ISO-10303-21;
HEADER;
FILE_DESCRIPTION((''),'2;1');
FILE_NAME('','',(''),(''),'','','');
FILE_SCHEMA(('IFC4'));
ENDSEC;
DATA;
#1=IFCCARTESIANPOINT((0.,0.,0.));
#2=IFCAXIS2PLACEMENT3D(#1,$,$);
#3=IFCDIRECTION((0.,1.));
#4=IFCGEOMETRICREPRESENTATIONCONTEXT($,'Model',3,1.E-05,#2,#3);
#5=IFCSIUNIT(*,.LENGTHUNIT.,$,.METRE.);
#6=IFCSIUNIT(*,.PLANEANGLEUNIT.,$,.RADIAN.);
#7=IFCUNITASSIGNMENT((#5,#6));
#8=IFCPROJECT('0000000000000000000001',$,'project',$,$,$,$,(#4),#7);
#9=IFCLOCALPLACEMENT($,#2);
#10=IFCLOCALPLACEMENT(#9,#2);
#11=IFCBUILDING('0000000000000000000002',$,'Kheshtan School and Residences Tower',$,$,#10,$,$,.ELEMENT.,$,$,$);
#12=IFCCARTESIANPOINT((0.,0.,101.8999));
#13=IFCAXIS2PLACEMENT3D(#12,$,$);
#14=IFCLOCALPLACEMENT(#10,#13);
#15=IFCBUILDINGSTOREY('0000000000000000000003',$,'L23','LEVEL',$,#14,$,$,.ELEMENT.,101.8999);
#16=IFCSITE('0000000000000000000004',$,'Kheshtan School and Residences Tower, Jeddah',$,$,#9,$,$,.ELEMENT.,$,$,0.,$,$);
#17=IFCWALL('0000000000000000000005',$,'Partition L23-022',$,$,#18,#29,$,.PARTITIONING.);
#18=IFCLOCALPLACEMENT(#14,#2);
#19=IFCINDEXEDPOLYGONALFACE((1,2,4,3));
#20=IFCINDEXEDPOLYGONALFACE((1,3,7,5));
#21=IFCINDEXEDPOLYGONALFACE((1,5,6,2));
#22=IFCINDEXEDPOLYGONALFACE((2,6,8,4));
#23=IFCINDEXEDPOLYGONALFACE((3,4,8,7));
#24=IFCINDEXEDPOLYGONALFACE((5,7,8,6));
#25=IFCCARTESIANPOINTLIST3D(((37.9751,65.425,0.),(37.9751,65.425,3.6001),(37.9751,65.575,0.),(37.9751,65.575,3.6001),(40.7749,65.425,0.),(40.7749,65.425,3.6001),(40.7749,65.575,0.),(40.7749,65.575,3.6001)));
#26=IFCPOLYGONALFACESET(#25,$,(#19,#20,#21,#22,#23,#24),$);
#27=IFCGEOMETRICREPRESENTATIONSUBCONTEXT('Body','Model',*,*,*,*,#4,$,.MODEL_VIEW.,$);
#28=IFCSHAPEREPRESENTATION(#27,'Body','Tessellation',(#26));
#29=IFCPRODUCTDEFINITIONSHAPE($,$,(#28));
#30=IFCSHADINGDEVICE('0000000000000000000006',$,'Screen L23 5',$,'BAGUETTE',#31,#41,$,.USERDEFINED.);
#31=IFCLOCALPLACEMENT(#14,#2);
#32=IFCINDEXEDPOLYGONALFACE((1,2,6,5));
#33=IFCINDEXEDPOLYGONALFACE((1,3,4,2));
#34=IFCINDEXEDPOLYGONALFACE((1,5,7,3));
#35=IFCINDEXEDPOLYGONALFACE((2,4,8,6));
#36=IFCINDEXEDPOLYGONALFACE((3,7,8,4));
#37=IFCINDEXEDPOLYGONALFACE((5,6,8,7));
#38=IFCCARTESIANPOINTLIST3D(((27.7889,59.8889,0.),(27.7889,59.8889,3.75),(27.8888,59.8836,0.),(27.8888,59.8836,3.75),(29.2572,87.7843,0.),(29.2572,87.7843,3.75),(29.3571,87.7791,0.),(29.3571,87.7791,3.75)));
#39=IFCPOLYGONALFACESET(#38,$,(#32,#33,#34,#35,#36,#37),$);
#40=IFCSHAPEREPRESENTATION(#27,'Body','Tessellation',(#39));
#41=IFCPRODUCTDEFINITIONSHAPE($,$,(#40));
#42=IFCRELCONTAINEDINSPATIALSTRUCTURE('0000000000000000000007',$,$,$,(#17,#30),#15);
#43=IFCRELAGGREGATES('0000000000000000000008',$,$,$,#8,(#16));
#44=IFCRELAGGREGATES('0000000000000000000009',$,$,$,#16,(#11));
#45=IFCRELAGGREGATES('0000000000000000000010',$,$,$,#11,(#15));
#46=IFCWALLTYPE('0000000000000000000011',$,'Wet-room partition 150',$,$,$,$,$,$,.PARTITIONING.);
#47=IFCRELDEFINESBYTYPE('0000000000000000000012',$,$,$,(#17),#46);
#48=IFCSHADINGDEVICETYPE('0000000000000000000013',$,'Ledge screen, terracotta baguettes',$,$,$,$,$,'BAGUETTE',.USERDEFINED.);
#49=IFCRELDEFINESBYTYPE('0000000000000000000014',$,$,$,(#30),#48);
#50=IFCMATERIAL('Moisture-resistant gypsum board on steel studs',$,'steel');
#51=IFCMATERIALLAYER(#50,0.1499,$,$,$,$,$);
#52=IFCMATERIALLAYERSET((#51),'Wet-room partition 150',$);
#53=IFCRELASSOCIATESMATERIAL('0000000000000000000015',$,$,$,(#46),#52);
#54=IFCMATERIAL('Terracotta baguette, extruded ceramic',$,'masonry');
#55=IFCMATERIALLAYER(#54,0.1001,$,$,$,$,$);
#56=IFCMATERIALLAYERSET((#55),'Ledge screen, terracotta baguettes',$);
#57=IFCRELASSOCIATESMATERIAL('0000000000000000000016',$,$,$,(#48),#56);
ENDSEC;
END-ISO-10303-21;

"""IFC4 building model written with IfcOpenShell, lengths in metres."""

from ifc_helpers import new_model, si_unit, direction, frame, frame_2d, origin, origin_2d, place, context, subcontext, project, spatial, rectangle, extrude, material, layer, layer_set, type_object, element, save


model = new_model("IFC4")

# Units and contexts
model_context = context("Model", 3, precision=1e-05, world=origin(), true_north=direction((0.0, 1.0)))
body_context = subcontext(model_context, "Body", "Model", "MODEL_VIEW")
ifc_project = project(units=[si_unit("LENGTHUNIT", "METRE"), si_unit("PLANEANGLEUNIT", "RADIAN")], contexts=[model_context])

# Site, building, storey
site_placement = place(None, origin())
site = spatial("IfcSite", under=ifc_project, at=site_placement, Name="Kheshtan School and Residences Tower, Jeddah", CompositionType="ELEMENT", RefElevation=0.0)
building_placement = place(site_placement, origin())
building = spatial("IfcBuilding", under=site, at=building_placement, Name="Kheshtan School and Residences Tower", CompositionType="ELEMENT")
storey_placement = place(building_placement, frame((0.0, 0.0, 101.8999)))
storey = spatial("IfcBuildingStorey", under=building, at=storey_placement, Name="L23", Description="LEVEL", CompositionType="ELEMENT", Elevation=101.8999)

# Shared definitions
ifc_material_1 = material(Name="Moisture-resistant gypsum board on steel studs", Category="steel")
ifc_layer_1 = layer(ifc_material_1, 0.1499)
ifc_layer_set_1 = layer_set([ifc_layer_1], Name="Wet-room partition 150")
wall_type_1 = type_object("IfcWallType", Name="Wet-room partition 150", PredefinedType="PARTITIONING", material=ifc_layer_set_1)

# Wall
wall_1_placement = place(storey_placement, frame((37.9751, 65.5, 0.0), z_axis=(0.0, 0.0, 1.0), x_axis=(1.0, 0.0, 0.0)))
element("IfcWall", 1, at=wall_1_placement, inside=storey, type_object=wall_type_1, Name="Partition L23-022", PredefinedType="PARTITIONING", context=body_context, shape_type="SweptSolid", body=[
    extrude(rectangle(XDim=2.7998, YDim=0.1499, at=frame_2d((1.3999, 0.0))), origin(), (0.0, 0.0, 1.0), 3.6001),
])

# Shading device
ifc_material_2 = material(Name="Terracotta baguette, extruded ceramic", Category="masonry")
ifc_layer_2 = layer(ifc_material_2, 0.1001)
ifc_layer_set_2 = layer_set([ifc_layer_2], Name="Ledge screen, terracotta baguettes")
shading_device_type = type_object("IfcShadingDeviceType", Name="Ledge screen, terracotta baguettes", ElementType="BAGUETTE", PredefinedType="USERDEFINED", material=ifc_layer_set_2)
shading_device_placement = place(storey_placement, frame((28.573, 73.834, 0.0), z_axis=(0.0, 0.0, 1.0), x_axis=(0.052563, 0.998618, 0.0)))
element("IfcShadingDevice", 2, at=shading_device_placement, inside=storey, type_object=shading_device_type, Name="Screen L23 5", ObjectType="BAGUETTE", PredefinedType="USERDEFINED", context=body_context, shape_type="SweptSolid", body=[
    extrude(rectangle(XDim=27.9341, YDim=0.1001, at=origin_2d()), origin(), (0.0, 0.0, 1.0), 3.75),
])

save(model, "model.ifc")
